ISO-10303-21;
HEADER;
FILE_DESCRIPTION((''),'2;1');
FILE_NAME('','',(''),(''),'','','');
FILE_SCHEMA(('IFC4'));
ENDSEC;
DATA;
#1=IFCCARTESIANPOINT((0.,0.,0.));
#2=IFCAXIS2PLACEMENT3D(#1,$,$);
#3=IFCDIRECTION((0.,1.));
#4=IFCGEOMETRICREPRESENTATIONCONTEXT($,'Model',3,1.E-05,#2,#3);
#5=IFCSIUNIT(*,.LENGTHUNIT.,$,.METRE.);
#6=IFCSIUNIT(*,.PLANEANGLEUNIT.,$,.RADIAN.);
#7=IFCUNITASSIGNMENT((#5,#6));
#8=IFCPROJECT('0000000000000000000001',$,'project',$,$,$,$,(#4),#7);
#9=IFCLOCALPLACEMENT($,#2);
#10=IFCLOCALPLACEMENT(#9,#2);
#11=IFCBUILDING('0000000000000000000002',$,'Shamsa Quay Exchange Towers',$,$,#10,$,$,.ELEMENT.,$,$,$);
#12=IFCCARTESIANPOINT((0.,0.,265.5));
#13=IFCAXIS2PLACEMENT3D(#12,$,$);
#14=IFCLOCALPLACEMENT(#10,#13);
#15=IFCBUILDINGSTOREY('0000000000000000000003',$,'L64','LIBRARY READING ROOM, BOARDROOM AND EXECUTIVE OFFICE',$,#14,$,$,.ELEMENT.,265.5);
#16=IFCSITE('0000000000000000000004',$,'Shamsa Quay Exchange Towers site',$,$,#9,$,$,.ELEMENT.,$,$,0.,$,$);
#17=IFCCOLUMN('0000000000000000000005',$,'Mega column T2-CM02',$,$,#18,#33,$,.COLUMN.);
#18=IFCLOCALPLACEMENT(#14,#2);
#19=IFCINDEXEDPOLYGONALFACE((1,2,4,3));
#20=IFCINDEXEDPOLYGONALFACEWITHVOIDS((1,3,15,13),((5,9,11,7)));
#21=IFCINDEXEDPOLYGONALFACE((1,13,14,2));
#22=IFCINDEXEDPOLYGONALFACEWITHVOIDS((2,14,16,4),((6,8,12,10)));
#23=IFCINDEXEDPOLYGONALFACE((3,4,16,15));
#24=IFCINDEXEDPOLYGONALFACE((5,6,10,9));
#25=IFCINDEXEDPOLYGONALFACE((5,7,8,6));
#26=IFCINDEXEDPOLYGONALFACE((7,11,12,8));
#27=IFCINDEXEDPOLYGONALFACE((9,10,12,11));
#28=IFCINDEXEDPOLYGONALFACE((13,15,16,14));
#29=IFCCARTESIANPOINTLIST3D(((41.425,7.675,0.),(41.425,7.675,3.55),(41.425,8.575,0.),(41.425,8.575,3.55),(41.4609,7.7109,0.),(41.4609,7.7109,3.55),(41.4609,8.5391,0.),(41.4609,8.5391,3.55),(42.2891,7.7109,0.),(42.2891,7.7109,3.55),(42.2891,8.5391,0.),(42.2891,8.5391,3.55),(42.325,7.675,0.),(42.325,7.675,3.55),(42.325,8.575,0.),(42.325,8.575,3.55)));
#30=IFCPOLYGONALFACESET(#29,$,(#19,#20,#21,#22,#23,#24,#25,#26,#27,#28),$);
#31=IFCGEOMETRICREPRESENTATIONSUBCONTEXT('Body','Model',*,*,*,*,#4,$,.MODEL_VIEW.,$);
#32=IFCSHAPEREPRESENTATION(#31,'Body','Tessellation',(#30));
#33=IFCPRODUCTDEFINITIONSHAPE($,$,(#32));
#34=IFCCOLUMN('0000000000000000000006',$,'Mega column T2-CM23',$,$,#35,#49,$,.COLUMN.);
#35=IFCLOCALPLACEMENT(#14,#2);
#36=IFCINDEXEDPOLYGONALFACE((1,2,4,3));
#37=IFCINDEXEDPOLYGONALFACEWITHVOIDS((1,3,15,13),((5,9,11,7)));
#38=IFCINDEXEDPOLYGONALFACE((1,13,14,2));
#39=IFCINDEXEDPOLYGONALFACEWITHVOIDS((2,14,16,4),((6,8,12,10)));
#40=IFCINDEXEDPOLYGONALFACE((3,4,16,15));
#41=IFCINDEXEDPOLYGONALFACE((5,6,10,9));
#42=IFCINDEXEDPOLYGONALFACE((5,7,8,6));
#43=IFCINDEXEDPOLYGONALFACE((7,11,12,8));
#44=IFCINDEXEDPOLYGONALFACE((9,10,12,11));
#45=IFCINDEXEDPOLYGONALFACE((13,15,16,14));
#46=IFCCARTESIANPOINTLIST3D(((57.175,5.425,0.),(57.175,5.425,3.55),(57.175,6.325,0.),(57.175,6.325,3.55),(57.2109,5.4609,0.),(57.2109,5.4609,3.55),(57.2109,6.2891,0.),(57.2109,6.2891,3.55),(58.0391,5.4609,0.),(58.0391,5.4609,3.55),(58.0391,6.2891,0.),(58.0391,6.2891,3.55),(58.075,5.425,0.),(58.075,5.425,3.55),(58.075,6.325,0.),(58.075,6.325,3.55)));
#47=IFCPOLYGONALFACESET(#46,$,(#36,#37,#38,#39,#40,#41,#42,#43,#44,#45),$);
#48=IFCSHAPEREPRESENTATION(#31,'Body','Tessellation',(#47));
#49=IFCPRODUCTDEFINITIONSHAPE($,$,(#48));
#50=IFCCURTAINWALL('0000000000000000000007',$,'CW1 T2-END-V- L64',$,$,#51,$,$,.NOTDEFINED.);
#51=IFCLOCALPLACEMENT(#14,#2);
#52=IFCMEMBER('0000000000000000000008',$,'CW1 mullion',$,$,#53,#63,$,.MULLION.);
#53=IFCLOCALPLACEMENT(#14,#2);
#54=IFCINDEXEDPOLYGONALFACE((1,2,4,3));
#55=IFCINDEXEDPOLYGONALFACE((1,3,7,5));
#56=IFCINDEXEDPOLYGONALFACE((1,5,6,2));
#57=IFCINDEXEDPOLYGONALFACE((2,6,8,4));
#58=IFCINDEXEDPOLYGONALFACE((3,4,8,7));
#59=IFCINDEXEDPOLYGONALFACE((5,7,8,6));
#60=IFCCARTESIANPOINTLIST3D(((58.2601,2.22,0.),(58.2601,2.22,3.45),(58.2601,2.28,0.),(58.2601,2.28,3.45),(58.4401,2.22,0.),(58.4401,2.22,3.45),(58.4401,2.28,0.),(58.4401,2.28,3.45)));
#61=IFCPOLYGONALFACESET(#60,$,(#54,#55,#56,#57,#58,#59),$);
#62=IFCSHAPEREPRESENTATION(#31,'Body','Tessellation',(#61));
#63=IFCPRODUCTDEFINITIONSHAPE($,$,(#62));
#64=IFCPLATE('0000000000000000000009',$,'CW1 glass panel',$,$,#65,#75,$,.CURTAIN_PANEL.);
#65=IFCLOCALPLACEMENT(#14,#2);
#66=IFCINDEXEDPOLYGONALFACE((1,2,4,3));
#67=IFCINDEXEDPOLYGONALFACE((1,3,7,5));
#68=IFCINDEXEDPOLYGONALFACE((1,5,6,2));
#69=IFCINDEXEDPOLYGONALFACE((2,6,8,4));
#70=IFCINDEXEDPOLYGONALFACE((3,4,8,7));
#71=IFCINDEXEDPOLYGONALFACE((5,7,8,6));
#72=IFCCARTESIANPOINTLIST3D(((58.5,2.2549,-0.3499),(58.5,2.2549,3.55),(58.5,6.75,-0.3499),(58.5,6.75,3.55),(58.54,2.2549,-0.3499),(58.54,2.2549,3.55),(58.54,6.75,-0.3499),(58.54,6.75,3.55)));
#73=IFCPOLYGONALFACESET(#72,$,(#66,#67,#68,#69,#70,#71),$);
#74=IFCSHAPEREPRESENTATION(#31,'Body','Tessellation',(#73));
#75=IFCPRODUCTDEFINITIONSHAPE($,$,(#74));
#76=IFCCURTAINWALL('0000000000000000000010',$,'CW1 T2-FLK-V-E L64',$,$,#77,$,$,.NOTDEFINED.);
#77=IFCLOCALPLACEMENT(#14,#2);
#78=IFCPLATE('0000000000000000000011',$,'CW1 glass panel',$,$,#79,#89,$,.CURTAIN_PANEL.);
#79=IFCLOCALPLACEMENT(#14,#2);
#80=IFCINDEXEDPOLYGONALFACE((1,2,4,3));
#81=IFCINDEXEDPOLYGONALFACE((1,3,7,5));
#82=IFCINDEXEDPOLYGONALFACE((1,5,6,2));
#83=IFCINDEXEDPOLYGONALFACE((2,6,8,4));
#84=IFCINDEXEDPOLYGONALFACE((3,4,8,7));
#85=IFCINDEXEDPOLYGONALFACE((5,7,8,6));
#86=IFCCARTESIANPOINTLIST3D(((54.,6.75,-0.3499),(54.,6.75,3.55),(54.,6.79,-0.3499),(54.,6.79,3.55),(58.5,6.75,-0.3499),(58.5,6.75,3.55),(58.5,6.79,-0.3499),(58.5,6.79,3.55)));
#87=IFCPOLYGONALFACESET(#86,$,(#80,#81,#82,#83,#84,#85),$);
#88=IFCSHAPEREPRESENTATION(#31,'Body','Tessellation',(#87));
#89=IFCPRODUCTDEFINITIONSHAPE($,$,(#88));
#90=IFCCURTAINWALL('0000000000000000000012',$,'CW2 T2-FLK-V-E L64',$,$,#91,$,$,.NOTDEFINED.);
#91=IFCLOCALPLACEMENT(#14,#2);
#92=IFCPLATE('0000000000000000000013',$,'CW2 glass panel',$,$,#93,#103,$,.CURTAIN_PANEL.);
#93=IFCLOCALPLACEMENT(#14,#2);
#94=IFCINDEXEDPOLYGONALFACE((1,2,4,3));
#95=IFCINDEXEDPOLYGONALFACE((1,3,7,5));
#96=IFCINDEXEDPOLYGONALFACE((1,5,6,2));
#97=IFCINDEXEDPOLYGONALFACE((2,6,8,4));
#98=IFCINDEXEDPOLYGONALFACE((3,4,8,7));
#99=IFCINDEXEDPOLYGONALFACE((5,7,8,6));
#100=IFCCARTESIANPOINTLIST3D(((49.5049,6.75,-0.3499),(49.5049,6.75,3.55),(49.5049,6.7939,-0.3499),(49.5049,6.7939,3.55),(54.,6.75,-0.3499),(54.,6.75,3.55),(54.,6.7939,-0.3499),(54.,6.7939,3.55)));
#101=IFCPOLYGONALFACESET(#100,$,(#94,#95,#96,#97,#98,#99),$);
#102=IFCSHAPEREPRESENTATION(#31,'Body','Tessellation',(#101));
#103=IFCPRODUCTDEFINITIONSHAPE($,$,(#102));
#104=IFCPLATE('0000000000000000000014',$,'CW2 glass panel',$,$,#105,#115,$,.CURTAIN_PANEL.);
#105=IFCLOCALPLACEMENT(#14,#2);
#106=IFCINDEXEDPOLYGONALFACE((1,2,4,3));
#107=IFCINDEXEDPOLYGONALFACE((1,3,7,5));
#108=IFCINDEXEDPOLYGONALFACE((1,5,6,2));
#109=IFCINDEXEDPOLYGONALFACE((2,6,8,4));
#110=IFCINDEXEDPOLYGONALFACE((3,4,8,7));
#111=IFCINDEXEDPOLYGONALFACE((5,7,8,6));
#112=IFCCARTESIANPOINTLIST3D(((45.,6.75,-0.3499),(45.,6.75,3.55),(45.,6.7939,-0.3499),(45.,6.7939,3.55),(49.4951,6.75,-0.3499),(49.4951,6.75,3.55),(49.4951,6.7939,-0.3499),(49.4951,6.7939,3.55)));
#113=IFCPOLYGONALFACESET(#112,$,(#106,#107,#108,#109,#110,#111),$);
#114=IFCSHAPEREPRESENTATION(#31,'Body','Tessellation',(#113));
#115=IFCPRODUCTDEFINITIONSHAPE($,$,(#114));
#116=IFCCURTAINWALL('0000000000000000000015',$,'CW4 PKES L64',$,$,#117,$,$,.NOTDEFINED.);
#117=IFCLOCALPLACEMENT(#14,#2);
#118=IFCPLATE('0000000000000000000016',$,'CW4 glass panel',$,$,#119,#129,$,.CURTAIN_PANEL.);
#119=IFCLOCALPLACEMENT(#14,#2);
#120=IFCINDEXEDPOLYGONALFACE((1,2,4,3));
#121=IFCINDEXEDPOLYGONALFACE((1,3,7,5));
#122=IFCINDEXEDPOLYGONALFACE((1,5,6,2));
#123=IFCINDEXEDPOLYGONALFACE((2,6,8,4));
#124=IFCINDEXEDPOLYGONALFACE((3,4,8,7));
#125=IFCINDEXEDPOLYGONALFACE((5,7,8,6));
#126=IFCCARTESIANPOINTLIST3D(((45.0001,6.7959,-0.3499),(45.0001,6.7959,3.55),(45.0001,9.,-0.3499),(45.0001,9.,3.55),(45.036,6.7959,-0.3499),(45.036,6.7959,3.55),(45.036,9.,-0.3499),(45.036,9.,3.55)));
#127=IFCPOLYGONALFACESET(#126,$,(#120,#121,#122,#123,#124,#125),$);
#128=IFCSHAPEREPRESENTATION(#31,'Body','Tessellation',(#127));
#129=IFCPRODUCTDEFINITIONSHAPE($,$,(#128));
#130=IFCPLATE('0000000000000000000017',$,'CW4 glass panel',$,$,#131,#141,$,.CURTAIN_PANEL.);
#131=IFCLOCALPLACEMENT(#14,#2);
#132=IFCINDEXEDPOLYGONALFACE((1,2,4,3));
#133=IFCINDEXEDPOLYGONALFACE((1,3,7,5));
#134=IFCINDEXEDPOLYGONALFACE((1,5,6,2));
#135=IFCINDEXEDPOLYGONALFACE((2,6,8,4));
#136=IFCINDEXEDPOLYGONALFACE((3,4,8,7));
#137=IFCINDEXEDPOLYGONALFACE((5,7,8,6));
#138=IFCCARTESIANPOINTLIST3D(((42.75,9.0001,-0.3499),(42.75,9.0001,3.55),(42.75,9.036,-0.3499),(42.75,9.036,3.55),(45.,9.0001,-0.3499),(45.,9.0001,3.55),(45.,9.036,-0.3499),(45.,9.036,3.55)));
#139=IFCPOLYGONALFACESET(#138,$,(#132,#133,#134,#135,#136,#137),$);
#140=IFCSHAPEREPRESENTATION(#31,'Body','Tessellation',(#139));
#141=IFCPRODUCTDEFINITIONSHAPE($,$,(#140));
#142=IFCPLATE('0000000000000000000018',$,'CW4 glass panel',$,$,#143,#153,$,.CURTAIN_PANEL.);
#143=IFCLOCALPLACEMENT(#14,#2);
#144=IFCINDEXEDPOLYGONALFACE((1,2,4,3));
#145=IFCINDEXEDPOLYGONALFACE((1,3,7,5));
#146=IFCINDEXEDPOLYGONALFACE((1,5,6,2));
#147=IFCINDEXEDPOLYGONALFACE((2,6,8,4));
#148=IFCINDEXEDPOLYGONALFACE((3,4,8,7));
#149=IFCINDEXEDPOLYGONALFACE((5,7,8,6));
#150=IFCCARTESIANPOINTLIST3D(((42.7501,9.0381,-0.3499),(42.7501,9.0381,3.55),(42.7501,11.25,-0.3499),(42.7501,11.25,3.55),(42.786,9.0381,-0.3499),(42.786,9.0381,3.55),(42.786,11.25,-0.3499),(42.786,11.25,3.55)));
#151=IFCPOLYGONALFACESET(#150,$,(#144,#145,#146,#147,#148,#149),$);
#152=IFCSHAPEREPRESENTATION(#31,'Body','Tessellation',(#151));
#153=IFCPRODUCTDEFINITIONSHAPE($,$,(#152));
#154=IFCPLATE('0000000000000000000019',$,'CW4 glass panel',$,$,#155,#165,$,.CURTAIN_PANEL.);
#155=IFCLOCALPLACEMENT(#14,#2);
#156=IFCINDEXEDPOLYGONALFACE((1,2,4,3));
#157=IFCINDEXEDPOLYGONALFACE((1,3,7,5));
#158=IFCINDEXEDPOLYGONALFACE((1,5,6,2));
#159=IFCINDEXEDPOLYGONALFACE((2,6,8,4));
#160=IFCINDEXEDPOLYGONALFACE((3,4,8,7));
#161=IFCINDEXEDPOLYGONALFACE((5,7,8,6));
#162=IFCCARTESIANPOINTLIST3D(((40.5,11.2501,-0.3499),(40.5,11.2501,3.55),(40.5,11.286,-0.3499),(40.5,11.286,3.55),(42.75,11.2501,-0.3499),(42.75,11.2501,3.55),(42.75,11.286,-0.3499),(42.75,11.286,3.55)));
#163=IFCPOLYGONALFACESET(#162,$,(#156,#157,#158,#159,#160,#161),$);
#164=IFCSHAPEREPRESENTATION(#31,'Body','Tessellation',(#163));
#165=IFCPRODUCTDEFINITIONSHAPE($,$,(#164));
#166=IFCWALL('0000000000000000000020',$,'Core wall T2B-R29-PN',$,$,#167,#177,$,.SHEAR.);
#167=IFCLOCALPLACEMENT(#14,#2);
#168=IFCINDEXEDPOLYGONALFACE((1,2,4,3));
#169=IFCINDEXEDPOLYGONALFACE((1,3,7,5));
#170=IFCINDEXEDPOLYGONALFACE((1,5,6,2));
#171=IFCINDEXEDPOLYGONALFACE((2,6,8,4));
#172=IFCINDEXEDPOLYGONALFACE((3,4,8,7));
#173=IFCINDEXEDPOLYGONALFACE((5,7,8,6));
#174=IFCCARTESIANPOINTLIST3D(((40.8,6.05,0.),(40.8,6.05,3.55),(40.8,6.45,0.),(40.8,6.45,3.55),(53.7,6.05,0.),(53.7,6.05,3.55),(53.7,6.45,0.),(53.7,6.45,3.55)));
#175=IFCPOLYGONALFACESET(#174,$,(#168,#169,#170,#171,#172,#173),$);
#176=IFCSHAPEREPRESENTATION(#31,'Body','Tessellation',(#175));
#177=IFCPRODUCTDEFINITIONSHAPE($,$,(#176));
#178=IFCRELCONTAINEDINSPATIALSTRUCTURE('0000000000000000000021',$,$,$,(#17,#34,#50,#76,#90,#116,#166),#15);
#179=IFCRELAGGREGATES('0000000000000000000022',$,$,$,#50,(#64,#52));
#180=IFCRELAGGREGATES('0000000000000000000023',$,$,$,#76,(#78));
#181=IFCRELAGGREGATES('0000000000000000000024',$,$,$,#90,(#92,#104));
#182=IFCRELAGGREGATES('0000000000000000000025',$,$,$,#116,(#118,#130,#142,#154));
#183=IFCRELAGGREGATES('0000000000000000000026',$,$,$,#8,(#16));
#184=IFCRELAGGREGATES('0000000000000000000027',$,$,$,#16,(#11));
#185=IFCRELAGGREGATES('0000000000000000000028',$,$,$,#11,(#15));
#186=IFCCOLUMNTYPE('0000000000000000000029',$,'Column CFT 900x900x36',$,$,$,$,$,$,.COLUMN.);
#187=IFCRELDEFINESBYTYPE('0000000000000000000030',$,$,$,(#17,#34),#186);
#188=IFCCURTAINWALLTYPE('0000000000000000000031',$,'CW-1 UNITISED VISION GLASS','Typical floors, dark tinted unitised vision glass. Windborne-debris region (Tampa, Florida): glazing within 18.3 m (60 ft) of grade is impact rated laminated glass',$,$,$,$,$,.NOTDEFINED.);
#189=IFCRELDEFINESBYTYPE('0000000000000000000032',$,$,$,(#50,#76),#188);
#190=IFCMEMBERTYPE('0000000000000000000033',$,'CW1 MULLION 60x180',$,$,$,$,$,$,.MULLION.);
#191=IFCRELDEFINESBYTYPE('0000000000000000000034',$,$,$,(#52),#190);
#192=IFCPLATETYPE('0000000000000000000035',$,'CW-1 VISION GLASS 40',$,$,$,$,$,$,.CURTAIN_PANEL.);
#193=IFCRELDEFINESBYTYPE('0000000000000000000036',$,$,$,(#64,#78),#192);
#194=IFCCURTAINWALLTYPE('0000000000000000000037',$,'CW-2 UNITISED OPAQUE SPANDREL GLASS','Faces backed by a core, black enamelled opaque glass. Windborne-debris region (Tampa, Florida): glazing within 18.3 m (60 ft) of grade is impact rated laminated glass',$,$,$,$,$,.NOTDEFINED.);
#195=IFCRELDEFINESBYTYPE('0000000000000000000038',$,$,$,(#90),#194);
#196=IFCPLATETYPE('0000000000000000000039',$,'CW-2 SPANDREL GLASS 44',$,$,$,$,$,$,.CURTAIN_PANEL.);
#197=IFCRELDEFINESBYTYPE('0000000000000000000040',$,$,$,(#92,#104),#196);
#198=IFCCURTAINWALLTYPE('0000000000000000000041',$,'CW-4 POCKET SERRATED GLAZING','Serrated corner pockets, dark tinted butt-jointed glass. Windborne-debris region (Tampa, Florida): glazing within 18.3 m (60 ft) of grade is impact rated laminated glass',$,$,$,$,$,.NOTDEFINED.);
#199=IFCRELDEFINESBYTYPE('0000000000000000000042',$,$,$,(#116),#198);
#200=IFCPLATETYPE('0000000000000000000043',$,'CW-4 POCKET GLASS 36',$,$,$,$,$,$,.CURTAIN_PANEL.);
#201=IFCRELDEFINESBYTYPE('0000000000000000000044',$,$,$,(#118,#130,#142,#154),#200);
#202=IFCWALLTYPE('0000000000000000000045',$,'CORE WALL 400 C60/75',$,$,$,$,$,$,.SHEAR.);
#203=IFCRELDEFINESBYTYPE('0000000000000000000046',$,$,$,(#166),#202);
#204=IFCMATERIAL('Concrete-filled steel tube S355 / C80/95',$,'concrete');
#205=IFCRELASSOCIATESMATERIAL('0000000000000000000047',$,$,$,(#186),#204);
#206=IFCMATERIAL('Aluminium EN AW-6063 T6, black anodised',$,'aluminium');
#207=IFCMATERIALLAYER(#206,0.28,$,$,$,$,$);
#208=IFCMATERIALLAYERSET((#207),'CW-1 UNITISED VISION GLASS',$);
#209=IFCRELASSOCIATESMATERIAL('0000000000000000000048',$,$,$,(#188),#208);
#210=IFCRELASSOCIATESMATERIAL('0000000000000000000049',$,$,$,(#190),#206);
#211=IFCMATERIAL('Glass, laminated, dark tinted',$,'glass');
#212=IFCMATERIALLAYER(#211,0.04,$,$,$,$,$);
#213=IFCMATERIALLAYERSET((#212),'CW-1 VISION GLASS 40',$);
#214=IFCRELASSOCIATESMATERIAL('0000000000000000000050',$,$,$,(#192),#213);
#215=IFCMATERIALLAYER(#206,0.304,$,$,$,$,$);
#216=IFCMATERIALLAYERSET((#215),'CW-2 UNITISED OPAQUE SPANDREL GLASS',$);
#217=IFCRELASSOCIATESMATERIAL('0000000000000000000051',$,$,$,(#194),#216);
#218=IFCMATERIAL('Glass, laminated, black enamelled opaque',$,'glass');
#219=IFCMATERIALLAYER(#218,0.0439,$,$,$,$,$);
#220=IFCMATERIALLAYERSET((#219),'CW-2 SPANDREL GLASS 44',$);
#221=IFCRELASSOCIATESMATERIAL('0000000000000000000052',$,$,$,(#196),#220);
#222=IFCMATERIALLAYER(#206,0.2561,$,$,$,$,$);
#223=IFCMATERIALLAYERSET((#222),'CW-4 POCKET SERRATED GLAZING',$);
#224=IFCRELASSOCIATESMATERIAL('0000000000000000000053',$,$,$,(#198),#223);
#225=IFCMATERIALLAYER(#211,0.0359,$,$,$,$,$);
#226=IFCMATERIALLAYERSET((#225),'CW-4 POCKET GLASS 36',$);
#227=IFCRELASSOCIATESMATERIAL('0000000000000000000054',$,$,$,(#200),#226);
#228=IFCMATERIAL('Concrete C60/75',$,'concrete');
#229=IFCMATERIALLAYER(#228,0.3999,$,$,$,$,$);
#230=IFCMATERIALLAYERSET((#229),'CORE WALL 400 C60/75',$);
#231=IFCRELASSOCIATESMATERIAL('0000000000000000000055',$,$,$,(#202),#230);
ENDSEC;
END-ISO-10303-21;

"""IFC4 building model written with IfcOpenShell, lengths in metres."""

from ifc_helpers import new_model, si_unit, direction, frame, frame_2d, origin, origin_2d, place, context, subcontext, project, spatial, rectangle, hollow_rectangle, extrude, material, layer, layer_set, material_profile, profile_set, type_object, element, aggregate, save


model = new_model("IFC4")

# Units and contexts
model_context = context("Model", 3, precision=1e-05, world=origin(), true_north=direction((0.0, 1.0)))
body_context = subcontext(model_context, "Body", "Model", "MODEL_VIEW")
ifc_project = project(units=[si_unit("LENGTHUNIT", "METRE"), si_unit("PLANEANGLEUNIT", "RADIAN")], contexts=[model_context])

# Site, building, storey
site_placement = place(None, origin())
site = spatial("IfcSite", under=ifc_project, at=site_placement, Name="Shamsa Quay Exchange Towers site", CompositionType="ELEMENT", RefElevation=0.0)
building_placement = place(site_placement, origin())
building = spatial("IfcBuilding", under=site, at=building_placement, Name="Shamsa Quay Exchange Towers", CompositionType="ELEMENT")
storey_placement = place(building_placement, frame((0.0, 0.0, 265.5)))
storey = spatial("IfcBuildingStorey", under=building, at=storey_placement, Name="L64", Description="LIBRARY READING ROOM, BOARDROOM AND EXECUTIVE OFFICE", CompositionType="ELEMENT", Elevation=265.5)

# Columns
ifc_material_1 = material(Name="Concrete-filled steel tube S355 / C80/95", Category="concrete")
ifc_material_profile_1 = material_profile(ifc_material_1, hollow_rectangle(XDim=0.8999, YDim=0.8999, WallThickness=0.0359, at=origin_2d()), Name="CFT 900x900x36")
ifc_profile_set_1 = profile_set([ifc_material_profile_1], Name="Concrete-filled steel tube S355 / C80/95")
column_type = type_object("IfcColumnType", Name="Column CFT 900x900x36", PredefinedType="COLUMN", material=ifc_profile_set_1)
for number, where, name in (
    (1, (41.875, 8.125, 0.0), "Mega column T2-CM02"),
    (2, (57.625, 5.875, 0.0), "Mega column T2-CM23"),
):
    element("IfcColumn", number, at=place(storey_placement, frame(where)), inside=storey, type_object=column_type, Name=name, PredefinedType="COLUMN", context=body_context, shape_type="SweptSolid", body=[
        extrude(hollow_rectangle(XDim=0.8999, YDim=0.8999, WallThickness=0.0359, at=origin_2d()), origin(), (0.0, 0.0, 1.0), 3.55),
    ])

# Curtain wall, member, plate
ifc_material_2 = material(Name="Aluminium EN AW-6063 T6, black anodised", Category="aluminium")
ifc_layer_1 = layer(ifc_material_2, 0.28)
ifc_layer_set_1 = layer_set([ifc_layer_1], Name="CW-1 UNITISED VISION GLASS")
curtain_wall_type_1 = type_object("IfcCurtainWallType", Name="CW-1 UNITISED VISION GLASS", Description="Typical floors, dark tinted unitised vision glass. Windborne-debris region (Tampa, Florida): glazing within 18.3 m (60 ft) of grade is impact rated laminated glass", PredefinedType="NOTDEFINED", material=ifc_layer_set_1)
curtain_wall_1_placement = place(storey_placement, origin())
curtain_wall_1 = element("IfcCurtainWall", 3, at=curtain_wall_1_placement, inside=storey, type_object=curtain_wall_type_1, Name="CW1 T2-END-V- L64", PredefinedType="NOTDEFINED")
ifc_material_profile_2 = material_profile(ifc_material_2, rectangle(XDim=0.1799, YDim=0.0601, at=origin_2d()), Name="MU60x180")
ifc_profile_set_2 = profile_set([ifc_material_profile_2], Name="Aluminium EN AW-6063 T6, black anodised")
member_type = type_object("IfcMemberType", Name="CW1 MULLION 60x180", PredefinedType="MULLION", material=ifc_profile_set_2)
member_placement = place(storey_placement, frame((58.3501, 2.25, 0.0), z_axis=(0.0, 0.0, 1.0), x_axis=(-1.0, 0.0, 0.0)))
member = element("IfcMember", 4, at=member_placement, type_object=member_type, Name="CW1 mullion", PredefinedType="MULLION", context=body_context, shape_type="SweptSolid", body=[
    extrude(rectangle(XDim=0.1799, YDim=0.0601, at=origin_2d()), origin(), (0.0, 0.0, 1.0), 3.45),
])
ifc_material_3 = material(Name="Glass, laminated, dark tinted", Category="glass")
ifc_layer_2 = layer(ifc_material_3, 0.04)
ifc_layer_set_2 = layer_set([ifc_layer_2], Name="CW-1 VISION GLASS 40")
plate_type_1 = type_object("IfcPlateType", Name="CW-1 VISION GLASS 40", PredefinedType="CURTAIN_PANEL", material=ifc_layer_set_2)
plate_1_placement = place(storey_placement, frame((58.52, 4.5024, -0.3499), z_axis=(0.0, 0.0, 1.0), x_axis=(0.0, 1.0, 0.0)))
plate_1 = element("IfcPlate", 5, at=plate_1_placement, type_object=plate_type_1, Name="CW1 glass panel", PredefinedType="CURTAIN_PANEL", context=body_context, shape_type="SweptSolid", body=[
    extrude(rectangle(XDim=4.4951, YDim=0.04, at=origin_2d()), origin(), (0.0, 0.0, 1.0), 3.8999),
])
aggregate(curtain_wall_1, [plate_1, member])

# Curtain wall, plate
curtain_wall_2_placement = place(storey_placement, origin())
curtain_wall_2 = element("IfcCurtainWall", 6, at=curtain_wall_2_placement, inside=storey, type_object=curtain_wall_type_1, Name="CW1 T2-FLK-V-E L64", PredefinedType="NOTDEFINED")
plate_2_placement = place(storey_placement, frame((56.25, 6.77, -0.3499), z_axis=(0.0, 0.0, 1.0), x_axis=(-1.0, 0.0, 0.0)))
plate_2 = element("IfcPlate", 7, at=plate_2_placement, type_object=plate_type_1, Name="CW1 glass panel", PredefinedType="CURTAIN_PANEL", context=body_context, shape_type="SweptSolid", body=[
    extrude(rectangle(XDim=4.5, YDim=0.04, at=origin_2d()), origin(), (0.0, 0.0, 1.0), 3.8999),
])
aggregate(curtain_wall_2, [plate_2])

# Curtain walls, plates
ifc_layer_3 = layer(ifc_material_2, 0.304)
ifc_layer_set_3 = layer_set([ifc_layer_3], Name="CW-2 UNITISED OPAQUE SPANDREL GLASS")
curtain_wall_type_2 = type_object("IfcCurtainWallType", Name="CW-2 UNITISED OPAQUE SPANDREL GLASS", Description="Faces backed by a core, black enamelled opaque glass. Windborne-debris region (Tampa, Florida): glazing within 18.3 m (60 ft) of grade is impact rated laminated glass", PredefinedType="NOTDEFINED", material=ifc_layer_set_3)
curtain_wall_3_placement = place(storey_placement, origin())
curtain_wall_3 = element("IfcCurtainWall", 8, at=curtain_wall_3_placement, inside=storey, type_object=curtain_wall_type_2, Name="CW2 T2-FLK-V-E L64", PredefinedType="NOTDEFINED")
ifc_material_4 = material(Name="Glass, laminated, black enamelled opaque", Category="glass")
ifc_layer_4 = layer(ifc_material_4, 0.0439)
ifc_layer_set_4 = layer_set([ifc_layer_4], Name="CW-2 SPANDREL GLASS 44")
plate_type_2 = type_object("IfcPlateType", Name="CW-2 SPANDREL GLASS 44", PredefinedType="CURTAIN_PANEL", material=ifc_layer_set_4)
plate_3_placement = place(storey_placement, frame((51.7524, 6.772, -0.3499), z_axis=(0.0, 0.0, 1.0), x_axis=(-1.0, 0.0, 0.0)))
plate_3 = element("IfcPlate", 9, at=plate_3_placement, type_object=plate_type_2, Name="CW2 glass panel", PredefinedType="CURTAIN_PANEL", context=body_context, shape_type="SweptSolid", body=[
    extrude(rectangle(XDim=4.4951, YDim=0.0439, at=origin_2d()), origin(), (0.0, 0.0, 1.0), 3.8999),
])
plate_4_placement = place(storey_placement, frame((47.2476, 6.772, -0.3499), z_axis=(0.0, 0.0, 1.0), x_axis=(-1.0, 0.0, 0.0)))
plate_4 = element("IfcPlate", 10, at=plate_4_placement, type_object=plate_type_2, Name="CW2 glass panel", PredefinedType="CURTAIN_PANEL", context=body_context, shape_type="SweptSolid", body=[
    extrude(rectangle(XDim=4.4951, YDim=0.0439, at=origin_2d()), origin(), (0.0, 0.0, 1.0), 3.8999),
])
aggregate(curtain_wall_3, [plate_3, plate_4])
ifc_layer_5 = layer(ifc_material_2, 0.2561)
ifc_layer_set_5 = layer_set([ifc_layer_5], Name="CW-4 POCKET SERRATED GLAZING")
curtain_wall_type_3 = type_object("IfcCurtainWallType", Name="CW-4 POCKET SERRATED GLAZING", Description="Serrated corner pockets, dark tinted butt-jointed glass. Windborne-debris region (Tampa, Florida): glazing within 18.3 m (60 ft) of grade is impact rated laminated glass", PredefinedType="NOTDEFINED", material=ifc_layer_set_5)
curtain_wall_4_placement = place(storey_placement, origin())
curtain_wall_4 = element("IfcCurtainWall", 11, at=curtain_wall_4_placement, inside=storey, type_object=curtain_wall_type_3, Name="CW4 PKES L64", PredefinedType="NOTDEFINED")
ifc_layer_6 = layer(ifc_material_3, 0.0359)
ifc_layer_set_6 = layer_set([ifc_layer_6], Name="CW-4 POCKET GLASS 36")
plate_type_3 = type_object("IfcPlateType", Name="CW-4 POCKET GLASS 36", PredefinedType="CURTAIN_PANEL", material=ifc_layer_set_6)
plate_5_placement = place(storey_placement, frame((45.0181, 7.8979, -0.3499), z_axis=(0.0, 0.0, 1.0), x_axis=(0.0, 1.0, 0.0)))
plate_5 = element("IfcPlate", 12, at=plate_5_placement, type_object=plate_type_3, Name="CW4 glass panel", PredefinedType="CURTAIN_PANEL", context=body_context, shape_type="SweptSolid", body=[
    extrude(rectangle(XDim=2.2041, YDim=0.0359, at=origin_2d()), origin(), (0.0, 0.0, 1.0), 3.8999),
])
plate_6_placement = place(storey_placement, frame((43.875, 9.0181, -0.3499), z_axis=(0.0, 0.0, 1.0), x_axis=(-1.0, 0.0, 0.0)))
plate_6 = element("IfcPlate", 13, at=plate_6_placement, type_object=plate_type_3, Name="CW4 glass panel", PredefinedType="CURTAIN_PANEL", context=body_context, shape_type="SweptSolid", body=[
    extrude(rectangle(XDim=2.25, YDim=0.0359, at=origin_2d()), origin(), (0.0, 0.0, 1.0), 3.8999),
])
plate_7_placement = place(storey_placement, frame((42.7681, 10.144, -0.3499), z_axis=(0.0, 0.0, 1.0), x_axis=(0.0, 1.0, 0.0)))
plate_7 = element("IfcPlate", 14, at=plate_7_placement, type_object=plate_type_3, Name="CW4 glass panel", PredefinedType="CURTAIN_PANEL", context=body_context, shape_type="SweptSolid", body=[
    extrude(rectangle(XDim=2.2119, YDim=0.0359, at=origin_2d()), origin(), (0.0, 0.0, 1.0), 3.8999),
])
plate_8_placement = place(storey_placement, frame((41.625, 11.2681, -0.3499), z_axis=(0.0, 0.0, 1.0), x_axis=(-1.0, 0.0, 0.0)))
plate_8 = element("IfcPlate", 15, at=plate_8_placement, type_object=plate_type_3, Name="CW4 glass panel", PredefinedType="CURTAIN_PANEL", context=body_context, shape_type="SweptSolid", body=[
    extrude(rectangle(XDim=2.25, YDim=0.0359, at=origin_2d()), origin(), (0.0, 0.0, 1.0), 3.8999),
])
aggregate(curtain_wall_4, [plate_5, plate_6, plate_7, plate_8])

# Wall
ifc_material_5 = material(Name="Concrete C60/75", Category="concrete")
ifc_layer_7 = layer(ifc_material_5, 0.3999)
ifc_layer_set_7 = layer_set([ifc_layer_7], Name="CORE WALL 400 C60/75")
wall_type_1 = type_object("IfcWallType", Name="CORE WALL 400 C60/75", PredefinedType="SHEAR", material=ifc_layer_set_7)
wall_1_placement = place(storey_placement, frame((53.7, 6.25, 0.0), z_axis=(0.0, 0.0, 1.0), x_axis=(-1.0, 0.0, 0.0)))
element("IfcWall", 16, at=wall_1_placement, inside=storey, type_object=wall_type_1, Name="Core wall T2B-R29-PN", PredefinedType="SHEAR", context=body_context, shape_type="SweptSolid", body=[
    extrude(rectangle(XDim=12.8999, YDim=0.3999, at=frame_2d((6.45, 0.0))), origin(), (0.0, 0.0, 1.0), 3.55),
])

save(model, "model.ifc")
